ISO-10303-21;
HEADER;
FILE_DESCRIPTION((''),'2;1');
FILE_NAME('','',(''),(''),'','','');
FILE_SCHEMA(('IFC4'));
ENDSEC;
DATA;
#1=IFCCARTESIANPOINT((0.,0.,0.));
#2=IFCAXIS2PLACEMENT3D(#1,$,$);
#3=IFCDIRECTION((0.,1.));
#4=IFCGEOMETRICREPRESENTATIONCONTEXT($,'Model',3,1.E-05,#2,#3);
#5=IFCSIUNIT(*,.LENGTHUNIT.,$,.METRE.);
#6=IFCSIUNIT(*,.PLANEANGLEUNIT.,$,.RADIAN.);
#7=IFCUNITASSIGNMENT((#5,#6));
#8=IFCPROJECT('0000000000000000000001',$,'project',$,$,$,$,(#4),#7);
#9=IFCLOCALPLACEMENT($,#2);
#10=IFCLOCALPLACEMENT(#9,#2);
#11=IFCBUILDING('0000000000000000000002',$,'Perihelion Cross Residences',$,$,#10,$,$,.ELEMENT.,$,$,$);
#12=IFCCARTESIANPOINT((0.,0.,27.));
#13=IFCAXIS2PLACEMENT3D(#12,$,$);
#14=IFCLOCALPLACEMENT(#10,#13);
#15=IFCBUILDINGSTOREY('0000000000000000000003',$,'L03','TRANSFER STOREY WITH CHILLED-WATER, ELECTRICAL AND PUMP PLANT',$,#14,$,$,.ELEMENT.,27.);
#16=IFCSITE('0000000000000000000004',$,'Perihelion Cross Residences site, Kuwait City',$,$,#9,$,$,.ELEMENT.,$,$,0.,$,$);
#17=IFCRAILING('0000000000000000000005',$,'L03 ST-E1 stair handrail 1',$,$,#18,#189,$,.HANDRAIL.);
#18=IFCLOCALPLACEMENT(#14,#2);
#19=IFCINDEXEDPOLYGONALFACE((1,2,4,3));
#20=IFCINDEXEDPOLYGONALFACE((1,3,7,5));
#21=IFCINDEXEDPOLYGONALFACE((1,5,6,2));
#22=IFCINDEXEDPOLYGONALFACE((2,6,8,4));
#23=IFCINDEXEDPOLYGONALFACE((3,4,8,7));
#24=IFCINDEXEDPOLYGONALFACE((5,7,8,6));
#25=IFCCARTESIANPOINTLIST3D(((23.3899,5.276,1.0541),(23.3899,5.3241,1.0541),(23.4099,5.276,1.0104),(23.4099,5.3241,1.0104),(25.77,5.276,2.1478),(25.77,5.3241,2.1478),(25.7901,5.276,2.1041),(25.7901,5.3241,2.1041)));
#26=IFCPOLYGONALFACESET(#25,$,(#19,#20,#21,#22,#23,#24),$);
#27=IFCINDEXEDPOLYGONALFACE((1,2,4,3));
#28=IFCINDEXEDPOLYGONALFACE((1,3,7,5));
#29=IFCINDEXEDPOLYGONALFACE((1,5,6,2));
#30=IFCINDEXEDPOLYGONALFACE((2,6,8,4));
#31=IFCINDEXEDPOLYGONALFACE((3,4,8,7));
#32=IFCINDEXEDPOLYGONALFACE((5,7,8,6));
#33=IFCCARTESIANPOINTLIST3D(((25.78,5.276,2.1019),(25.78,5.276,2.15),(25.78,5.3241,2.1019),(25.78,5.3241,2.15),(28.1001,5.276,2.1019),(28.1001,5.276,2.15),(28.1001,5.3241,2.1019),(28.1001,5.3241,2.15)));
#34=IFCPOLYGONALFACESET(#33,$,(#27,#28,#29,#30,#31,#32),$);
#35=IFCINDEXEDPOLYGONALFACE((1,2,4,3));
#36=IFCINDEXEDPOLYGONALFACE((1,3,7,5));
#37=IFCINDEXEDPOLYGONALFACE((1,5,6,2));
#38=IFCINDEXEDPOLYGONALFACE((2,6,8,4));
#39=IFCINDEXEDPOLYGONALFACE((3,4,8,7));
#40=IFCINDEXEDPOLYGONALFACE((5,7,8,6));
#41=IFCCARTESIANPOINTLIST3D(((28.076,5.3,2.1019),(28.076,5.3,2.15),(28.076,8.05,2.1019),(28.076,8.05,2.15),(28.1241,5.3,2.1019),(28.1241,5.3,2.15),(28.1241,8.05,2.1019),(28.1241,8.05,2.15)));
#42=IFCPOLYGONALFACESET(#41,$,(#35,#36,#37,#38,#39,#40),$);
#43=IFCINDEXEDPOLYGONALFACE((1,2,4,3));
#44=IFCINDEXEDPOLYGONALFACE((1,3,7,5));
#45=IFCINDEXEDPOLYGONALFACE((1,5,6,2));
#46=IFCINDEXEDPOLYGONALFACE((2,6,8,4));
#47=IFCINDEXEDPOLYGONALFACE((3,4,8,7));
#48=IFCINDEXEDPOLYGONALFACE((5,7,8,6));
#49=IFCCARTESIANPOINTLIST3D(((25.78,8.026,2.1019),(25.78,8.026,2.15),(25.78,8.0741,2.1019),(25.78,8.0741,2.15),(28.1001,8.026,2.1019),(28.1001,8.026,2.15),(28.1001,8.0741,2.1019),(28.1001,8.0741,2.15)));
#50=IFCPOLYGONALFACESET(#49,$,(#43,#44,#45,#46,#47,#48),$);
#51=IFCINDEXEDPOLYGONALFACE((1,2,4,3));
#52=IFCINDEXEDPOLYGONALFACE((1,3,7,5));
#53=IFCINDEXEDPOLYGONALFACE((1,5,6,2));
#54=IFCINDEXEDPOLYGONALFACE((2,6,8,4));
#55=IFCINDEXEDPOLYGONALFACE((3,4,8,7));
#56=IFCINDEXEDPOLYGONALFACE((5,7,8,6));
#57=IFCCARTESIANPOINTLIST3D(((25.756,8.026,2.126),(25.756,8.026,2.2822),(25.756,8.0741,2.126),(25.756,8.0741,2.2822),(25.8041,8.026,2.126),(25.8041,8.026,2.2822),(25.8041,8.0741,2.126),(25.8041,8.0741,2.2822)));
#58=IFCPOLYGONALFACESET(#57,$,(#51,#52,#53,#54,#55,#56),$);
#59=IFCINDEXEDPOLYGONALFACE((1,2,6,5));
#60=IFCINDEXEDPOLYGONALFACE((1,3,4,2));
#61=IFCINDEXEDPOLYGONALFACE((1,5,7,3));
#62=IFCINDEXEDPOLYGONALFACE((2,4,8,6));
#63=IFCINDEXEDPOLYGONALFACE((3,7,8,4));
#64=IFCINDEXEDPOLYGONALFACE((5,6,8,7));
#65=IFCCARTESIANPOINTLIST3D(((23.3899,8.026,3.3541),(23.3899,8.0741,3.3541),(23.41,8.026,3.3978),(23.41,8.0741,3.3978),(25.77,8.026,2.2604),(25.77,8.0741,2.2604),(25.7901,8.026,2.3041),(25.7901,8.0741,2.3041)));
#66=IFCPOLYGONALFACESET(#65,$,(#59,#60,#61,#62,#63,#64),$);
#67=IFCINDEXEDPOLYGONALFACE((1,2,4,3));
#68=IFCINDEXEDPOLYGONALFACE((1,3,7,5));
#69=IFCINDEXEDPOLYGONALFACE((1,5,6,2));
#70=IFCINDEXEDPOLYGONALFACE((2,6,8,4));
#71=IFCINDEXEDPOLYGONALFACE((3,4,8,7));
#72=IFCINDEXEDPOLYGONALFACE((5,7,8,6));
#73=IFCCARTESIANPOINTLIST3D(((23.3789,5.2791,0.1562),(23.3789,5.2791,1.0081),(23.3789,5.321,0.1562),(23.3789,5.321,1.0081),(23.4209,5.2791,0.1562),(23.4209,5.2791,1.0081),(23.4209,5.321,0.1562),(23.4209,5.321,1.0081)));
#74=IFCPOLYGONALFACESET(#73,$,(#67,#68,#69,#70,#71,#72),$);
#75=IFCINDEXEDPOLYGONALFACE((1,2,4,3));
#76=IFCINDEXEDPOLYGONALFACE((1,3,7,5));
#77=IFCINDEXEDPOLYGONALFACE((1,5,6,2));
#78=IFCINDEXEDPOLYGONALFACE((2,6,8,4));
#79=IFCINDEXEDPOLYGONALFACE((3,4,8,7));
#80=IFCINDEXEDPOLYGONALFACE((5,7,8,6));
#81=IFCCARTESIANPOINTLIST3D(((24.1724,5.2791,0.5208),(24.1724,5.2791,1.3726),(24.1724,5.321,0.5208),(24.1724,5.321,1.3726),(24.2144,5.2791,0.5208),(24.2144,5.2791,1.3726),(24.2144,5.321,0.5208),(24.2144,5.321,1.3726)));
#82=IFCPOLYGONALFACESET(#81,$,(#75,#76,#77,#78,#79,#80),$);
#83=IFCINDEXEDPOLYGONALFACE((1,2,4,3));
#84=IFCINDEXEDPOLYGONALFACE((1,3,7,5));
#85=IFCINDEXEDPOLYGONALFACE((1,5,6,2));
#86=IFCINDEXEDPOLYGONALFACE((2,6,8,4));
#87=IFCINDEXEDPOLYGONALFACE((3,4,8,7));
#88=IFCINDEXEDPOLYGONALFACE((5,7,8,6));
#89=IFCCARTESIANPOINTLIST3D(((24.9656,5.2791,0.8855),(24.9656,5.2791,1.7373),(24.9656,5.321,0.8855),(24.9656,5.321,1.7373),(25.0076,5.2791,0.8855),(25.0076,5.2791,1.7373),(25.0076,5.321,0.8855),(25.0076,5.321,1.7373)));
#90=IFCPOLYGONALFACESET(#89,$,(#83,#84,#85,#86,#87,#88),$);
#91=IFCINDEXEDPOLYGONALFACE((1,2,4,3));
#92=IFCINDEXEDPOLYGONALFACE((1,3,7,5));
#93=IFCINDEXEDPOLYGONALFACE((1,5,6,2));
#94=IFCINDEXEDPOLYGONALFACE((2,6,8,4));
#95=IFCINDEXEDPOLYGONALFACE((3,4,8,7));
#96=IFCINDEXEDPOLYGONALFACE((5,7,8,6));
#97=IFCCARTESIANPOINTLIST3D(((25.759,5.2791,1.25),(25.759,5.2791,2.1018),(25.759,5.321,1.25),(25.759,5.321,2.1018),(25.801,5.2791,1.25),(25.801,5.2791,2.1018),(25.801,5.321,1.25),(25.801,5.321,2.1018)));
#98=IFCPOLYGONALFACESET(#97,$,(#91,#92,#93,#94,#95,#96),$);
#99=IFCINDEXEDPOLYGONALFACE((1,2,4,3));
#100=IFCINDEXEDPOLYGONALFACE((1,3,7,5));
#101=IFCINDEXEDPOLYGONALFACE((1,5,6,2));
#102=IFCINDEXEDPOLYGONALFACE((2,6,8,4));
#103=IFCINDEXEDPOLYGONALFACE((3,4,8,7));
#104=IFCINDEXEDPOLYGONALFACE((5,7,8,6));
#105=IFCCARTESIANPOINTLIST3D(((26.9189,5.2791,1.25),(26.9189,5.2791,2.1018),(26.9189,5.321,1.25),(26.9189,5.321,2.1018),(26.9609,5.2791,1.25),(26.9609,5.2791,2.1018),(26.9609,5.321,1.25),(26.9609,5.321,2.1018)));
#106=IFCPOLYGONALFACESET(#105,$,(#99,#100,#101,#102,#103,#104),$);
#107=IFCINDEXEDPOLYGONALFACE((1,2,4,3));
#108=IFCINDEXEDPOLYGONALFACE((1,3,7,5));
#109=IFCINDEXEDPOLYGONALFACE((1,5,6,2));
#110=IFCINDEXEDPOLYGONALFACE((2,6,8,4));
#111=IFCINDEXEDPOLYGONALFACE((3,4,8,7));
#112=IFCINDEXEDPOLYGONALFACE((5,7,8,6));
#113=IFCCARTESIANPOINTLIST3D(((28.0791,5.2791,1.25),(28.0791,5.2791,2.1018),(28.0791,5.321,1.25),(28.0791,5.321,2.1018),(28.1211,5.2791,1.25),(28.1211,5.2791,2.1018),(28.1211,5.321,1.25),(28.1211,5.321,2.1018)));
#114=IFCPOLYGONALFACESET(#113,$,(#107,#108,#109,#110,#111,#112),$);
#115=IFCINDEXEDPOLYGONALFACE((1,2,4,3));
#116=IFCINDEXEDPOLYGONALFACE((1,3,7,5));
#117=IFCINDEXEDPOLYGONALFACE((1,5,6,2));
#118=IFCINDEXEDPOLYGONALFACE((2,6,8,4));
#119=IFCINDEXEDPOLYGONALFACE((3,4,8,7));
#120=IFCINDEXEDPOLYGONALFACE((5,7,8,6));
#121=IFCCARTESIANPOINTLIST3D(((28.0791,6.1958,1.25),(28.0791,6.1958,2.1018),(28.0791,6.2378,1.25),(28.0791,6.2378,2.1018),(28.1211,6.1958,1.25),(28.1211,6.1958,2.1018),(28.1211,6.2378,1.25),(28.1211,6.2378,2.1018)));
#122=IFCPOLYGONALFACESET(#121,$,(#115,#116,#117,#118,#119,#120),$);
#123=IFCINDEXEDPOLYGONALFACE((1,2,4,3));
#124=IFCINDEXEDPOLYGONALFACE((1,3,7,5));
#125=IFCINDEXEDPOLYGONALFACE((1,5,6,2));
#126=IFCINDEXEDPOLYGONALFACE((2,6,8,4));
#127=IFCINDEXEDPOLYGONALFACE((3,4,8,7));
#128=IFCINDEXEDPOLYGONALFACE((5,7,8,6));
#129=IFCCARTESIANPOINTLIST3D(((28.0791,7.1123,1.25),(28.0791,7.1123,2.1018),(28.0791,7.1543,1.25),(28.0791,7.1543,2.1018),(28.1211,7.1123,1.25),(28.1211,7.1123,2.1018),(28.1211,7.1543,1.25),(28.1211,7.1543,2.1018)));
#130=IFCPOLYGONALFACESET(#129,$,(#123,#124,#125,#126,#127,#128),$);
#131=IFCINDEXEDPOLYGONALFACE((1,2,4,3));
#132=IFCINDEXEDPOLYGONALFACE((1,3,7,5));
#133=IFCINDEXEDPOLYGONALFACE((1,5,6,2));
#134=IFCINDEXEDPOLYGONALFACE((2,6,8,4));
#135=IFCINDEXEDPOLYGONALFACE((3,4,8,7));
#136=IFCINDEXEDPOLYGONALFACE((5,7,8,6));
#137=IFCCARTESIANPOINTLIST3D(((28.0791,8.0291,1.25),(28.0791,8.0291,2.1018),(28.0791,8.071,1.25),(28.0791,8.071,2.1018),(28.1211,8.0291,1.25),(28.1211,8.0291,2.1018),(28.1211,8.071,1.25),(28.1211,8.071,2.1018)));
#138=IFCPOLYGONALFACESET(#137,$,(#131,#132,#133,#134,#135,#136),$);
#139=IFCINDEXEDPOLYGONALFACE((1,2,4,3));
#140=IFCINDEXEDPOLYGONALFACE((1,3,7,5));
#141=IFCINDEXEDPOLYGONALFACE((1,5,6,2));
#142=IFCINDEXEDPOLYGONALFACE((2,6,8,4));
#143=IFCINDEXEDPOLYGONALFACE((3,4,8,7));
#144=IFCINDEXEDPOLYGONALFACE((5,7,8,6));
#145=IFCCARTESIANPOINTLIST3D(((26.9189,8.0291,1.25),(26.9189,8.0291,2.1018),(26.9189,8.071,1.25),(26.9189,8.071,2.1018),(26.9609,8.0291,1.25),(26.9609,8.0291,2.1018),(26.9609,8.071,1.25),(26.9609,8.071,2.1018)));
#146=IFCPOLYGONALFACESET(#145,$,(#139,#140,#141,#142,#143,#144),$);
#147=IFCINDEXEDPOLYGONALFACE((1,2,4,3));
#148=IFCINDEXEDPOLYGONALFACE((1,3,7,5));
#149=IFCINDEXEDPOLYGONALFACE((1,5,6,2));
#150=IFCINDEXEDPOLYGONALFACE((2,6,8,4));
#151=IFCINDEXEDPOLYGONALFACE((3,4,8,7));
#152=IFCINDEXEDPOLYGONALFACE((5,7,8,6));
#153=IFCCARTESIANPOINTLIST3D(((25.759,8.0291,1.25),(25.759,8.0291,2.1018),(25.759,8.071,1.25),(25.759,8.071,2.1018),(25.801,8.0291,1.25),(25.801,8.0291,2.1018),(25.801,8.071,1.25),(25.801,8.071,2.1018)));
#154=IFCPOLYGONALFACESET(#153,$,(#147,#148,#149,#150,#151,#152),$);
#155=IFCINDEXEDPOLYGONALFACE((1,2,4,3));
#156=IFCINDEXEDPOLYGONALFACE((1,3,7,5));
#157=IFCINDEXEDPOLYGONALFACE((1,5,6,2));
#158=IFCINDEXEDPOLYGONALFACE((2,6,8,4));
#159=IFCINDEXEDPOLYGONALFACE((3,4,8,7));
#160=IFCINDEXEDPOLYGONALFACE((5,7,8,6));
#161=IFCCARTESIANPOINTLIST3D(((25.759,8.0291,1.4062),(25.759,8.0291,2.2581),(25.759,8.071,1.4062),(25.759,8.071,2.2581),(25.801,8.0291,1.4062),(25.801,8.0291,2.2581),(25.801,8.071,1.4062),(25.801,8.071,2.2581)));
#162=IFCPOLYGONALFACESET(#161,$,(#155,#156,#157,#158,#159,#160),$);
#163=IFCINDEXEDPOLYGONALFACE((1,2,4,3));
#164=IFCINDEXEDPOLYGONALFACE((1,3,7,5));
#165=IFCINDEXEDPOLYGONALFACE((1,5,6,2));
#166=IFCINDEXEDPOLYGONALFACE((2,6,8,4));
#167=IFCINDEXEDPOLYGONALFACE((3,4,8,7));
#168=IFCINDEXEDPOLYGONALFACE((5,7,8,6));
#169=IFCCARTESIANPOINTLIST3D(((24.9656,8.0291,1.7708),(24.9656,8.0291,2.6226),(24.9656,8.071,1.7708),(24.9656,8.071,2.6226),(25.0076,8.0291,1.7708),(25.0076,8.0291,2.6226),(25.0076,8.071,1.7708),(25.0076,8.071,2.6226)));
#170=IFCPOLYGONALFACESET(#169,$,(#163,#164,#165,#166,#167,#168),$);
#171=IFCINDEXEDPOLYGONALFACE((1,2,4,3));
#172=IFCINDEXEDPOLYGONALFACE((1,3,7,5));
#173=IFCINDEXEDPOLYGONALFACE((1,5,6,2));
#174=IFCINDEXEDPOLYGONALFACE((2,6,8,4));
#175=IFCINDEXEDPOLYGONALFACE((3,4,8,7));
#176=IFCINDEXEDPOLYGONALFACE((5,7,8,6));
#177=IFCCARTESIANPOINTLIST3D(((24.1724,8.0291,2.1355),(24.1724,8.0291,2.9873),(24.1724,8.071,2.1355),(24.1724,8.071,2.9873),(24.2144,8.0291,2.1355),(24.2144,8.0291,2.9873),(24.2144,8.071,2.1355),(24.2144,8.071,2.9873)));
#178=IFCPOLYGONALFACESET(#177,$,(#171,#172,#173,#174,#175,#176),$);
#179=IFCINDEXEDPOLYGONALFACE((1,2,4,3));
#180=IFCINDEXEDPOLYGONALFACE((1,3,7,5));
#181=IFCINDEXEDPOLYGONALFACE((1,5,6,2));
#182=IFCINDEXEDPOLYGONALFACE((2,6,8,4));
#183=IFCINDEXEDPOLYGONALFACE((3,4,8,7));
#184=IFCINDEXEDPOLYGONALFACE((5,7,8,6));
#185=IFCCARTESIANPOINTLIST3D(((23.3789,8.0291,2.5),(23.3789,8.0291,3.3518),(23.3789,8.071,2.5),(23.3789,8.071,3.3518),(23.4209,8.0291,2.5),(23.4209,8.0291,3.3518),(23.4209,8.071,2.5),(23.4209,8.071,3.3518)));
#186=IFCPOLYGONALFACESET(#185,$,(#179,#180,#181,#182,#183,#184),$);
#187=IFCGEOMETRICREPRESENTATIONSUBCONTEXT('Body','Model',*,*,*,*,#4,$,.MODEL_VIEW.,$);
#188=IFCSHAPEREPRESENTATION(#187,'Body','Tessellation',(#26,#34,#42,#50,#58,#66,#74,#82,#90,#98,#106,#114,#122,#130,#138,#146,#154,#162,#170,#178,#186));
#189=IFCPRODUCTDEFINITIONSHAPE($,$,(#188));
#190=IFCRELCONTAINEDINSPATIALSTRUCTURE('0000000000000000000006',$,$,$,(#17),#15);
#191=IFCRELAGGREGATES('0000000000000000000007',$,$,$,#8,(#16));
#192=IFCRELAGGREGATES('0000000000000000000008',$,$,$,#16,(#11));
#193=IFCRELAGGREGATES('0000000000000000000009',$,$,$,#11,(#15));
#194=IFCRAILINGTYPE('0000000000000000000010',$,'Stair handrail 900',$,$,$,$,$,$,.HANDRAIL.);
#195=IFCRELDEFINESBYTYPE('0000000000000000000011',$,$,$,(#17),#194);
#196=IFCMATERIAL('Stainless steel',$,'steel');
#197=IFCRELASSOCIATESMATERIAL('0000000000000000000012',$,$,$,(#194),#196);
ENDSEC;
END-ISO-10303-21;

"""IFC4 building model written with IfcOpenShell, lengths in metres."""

from ifc_helpers import new_model, si_unit, direction, frame, origin, origin_2d, place, context, subcontext, project, spatial, rectangle, extrude, material, type_object, element, save


model = new_model("IFC4")

# Units and contexts
model_context = context("Model", 3, precision=1e-05, world=origin(), true_north=direction((0.0, 1.0)))
body_context = subcontext(model_context, "Body", "Model", "MODEL_VIEW")
ifc_project = project(units=[si_unit("LENGTHUNIT", "METRE"), si_unit("PLANEANGLEUNIT", "RADIAN")], contexts=[model_context])

# Site, building, storey
site_placement = place(None, origin())
site = spatial("IfcSite", under=ifc_project, at=site_placement, Name="Perihelion Cross Residences site, Kuwait City", CompositionType="ELEMENT", RefElevation=0.0)
building_placement = place(site_placement, origin())
building = spatial("IfcBuilding", under=site, at=building_placement, Name="Perihelion Cross Residences", CompositionType="ELEMENT")
storey_placement = place(building_placement, frame((0.0, 0.0, 27.0)))
storey = spatial("IfcBuildingStorey", under=building, at=storey_placement, Name="L03", Description="TRANSFER STOREY WITH CHILLED-WATER, ELECTRICAL AND PUMP PLANT", CompositionType="ELEMENT", Elevation=27.0)

# Railing
ifc_material_1 = material(Name="Stainless steel", Category="steel")
railing_type_1 = type_object("IfcRailingType", Name="Stair handrail 900", PredefinedType="HANDRAIL", material=ifc_material_1)
railing_1_placement = place(storey_placement, frame((23.3999, 5.3, 0.1562)))
element("IfcRailing", 1, at=railing_1_placement, inside=storey, type_object=railing_type_1, Name="L03 ST-E1 stair handrail 1", PredefinedType="HANDRAIL", context=body_context, shape_type="SweptSolid", body=[
    extrude(rectangle(XDim=0.0481, YDim=0.0481, at=origin_2d()), frame((0.0, 0.0, 0.876), z_axis=(0.908651, 0.0, 0.417556), x_axis=(0.0, 1.0, 0.0)), (0.0, 0.0, 1.0), 2.6194),
    extrude(rectangle(XDim=0.0481, YDim=0.0481, at=origin_2d()), frame((2.3801, 0.0, 1.9697), z_axis=(1.0, 0.0, 0.0), x_axis=(0.0, 1.0, 0.0)), (0.0, 0.0, 1.0), 2.3201),
    extrude(rectangle(XDim=0.0481, YDim=0.0481, at=origin_2d()), frame((4.7002, 0.0, 1.9697), z_axis=(0.0, 1.0, 0.0), x_axis=(-1.0, 0.0, 0.0)), (0.0, 0.0, 1.0), 2.75),
    extrude(rectangle(XDim=0.0481, YDim=0.0481, at=origin_2d()), frame((4.7002, 2.75, 1.9697), z_axis=(-1.0, 0.0, 0.0), x_axis=(0.0, -1.0, 0.0)), (0.0, 0.0, 1.0), 2.3201),
    extrude(rectangle(XDim=0.0481, YDim=0.0481, at=origin_2d()), frame((2.3801, 2.75, 1.9697), z_axis=(0.0, 0.0, 1.0), x_axis=(1.0, 0.0, 0.0)), (0.0, 0.0, 1.0), 0.1562),
    extrude(rectangle(XDim=0.0481, YDim=0.0481, at=origin_2d()), frame((2.3801, 2.75, 2.126), z_axis=(-0.908651, 0.0, 0.417556), x_axis=(0.0, -1.0, 0.0)), (0.0, 0.0, 1.0), 2.6194),
    extrude(rectangle(XDim=0.042, YDim=0.042, at=origin_2d()), origin(), (0.0, 0.0, 1.0), 0.8518),
    extrude(rectangle(XDim=0.042, YDim=0.042, at=origin_2d()), frame((0.7935, 0.0, 0.3645)), (0.0, 0.0, 1.0), 0.8518),
    extrude(rectangle(XDim=0.042, YDim=0.042, at=origin_2d()), frame((1.5867, 0.0, 0.7292)), (0.0, 0.0, 1.0), 0.8518),
    extrude(rectangle(XDim=0.042, YDim=0.042, at=origin_2d()), frame((2.3801, 0.0, 1.0938)), (0.0, 0.0, 1.0), 0.8518),
    extrude(rectangle(XDim=0.042, YDim=0.042, at=origin_2d()), frame((3.54, 0.0, 1.0938)), (0.0, 0.0, 1.0), 0.8518),
    extrude(rectangle(XDim=0.042, YDim=0.042, at=origin_2d()), frame((4.7002, 0.0, 1.0938)), (0.0, 0.0, 1.0), 0.8518),
    extrude(rectangle(XDim=0.042, YDim=0.042, at=origin_2d()), frame((4.7002, 0.9167, 1.0938)), (0.0, 0.0, 1.0), 0.8518),
    extrude(rectangle(XDim=0.042, YDim=0.042, at=origin_2d()), frame((4.7002, 1.8333, 1.0938)), (0.0, 0.0, 1.0), 0.8518),
    extrude(rectangle(XDim=0.042, YDim=0.042, at=origin_2d()), frame((4.7002, 2.75, 1.0938)), (0.0, 0.0, 1.0), 0.8518),
    extrude(rectangle(XDim=0.042, YDim=0.042, at=origin_2d()), frame((3.54, 2.75, 1.0938)), (0.0, 0.0, 1.0), 0.8518),
    extrude(rectangle(XDim=0.042, YDim=0.042, at=origin_2d()), frame((2.3801, 2.75, 1.0938)), (0.0, 0.0, 1.0), 0.8518),
    extrude(rectangle(XDim=0.042, YDim=0.042, at=origin_2d()), frame((2.3801, 2.75, 1.25)), (0.0, 0.0, 1.0), 0.8518),
    extrude(rectangle(XDim=0.042, YDim=0.042, at=origin_2d()), frame((1.5867, 2.75, 1.6145)), (0.0, 0.0, 1.0), 0.8518),
    extrude(rectangle(XDim=0.042, YDim=0.042, at=origin_2d()), frame((0.7935, 2.75, 1.9792)), (0.0, 0.0, 1.0), 0.8518),
    extrude(rectangle(XDim=0.042, YDim=0.042, at=origin_2d()), frame((0.0, 2.75, 2.3438)), (0.0, 0.0, 1.0), 0.8518),
])

save(model, "model.ifc")
